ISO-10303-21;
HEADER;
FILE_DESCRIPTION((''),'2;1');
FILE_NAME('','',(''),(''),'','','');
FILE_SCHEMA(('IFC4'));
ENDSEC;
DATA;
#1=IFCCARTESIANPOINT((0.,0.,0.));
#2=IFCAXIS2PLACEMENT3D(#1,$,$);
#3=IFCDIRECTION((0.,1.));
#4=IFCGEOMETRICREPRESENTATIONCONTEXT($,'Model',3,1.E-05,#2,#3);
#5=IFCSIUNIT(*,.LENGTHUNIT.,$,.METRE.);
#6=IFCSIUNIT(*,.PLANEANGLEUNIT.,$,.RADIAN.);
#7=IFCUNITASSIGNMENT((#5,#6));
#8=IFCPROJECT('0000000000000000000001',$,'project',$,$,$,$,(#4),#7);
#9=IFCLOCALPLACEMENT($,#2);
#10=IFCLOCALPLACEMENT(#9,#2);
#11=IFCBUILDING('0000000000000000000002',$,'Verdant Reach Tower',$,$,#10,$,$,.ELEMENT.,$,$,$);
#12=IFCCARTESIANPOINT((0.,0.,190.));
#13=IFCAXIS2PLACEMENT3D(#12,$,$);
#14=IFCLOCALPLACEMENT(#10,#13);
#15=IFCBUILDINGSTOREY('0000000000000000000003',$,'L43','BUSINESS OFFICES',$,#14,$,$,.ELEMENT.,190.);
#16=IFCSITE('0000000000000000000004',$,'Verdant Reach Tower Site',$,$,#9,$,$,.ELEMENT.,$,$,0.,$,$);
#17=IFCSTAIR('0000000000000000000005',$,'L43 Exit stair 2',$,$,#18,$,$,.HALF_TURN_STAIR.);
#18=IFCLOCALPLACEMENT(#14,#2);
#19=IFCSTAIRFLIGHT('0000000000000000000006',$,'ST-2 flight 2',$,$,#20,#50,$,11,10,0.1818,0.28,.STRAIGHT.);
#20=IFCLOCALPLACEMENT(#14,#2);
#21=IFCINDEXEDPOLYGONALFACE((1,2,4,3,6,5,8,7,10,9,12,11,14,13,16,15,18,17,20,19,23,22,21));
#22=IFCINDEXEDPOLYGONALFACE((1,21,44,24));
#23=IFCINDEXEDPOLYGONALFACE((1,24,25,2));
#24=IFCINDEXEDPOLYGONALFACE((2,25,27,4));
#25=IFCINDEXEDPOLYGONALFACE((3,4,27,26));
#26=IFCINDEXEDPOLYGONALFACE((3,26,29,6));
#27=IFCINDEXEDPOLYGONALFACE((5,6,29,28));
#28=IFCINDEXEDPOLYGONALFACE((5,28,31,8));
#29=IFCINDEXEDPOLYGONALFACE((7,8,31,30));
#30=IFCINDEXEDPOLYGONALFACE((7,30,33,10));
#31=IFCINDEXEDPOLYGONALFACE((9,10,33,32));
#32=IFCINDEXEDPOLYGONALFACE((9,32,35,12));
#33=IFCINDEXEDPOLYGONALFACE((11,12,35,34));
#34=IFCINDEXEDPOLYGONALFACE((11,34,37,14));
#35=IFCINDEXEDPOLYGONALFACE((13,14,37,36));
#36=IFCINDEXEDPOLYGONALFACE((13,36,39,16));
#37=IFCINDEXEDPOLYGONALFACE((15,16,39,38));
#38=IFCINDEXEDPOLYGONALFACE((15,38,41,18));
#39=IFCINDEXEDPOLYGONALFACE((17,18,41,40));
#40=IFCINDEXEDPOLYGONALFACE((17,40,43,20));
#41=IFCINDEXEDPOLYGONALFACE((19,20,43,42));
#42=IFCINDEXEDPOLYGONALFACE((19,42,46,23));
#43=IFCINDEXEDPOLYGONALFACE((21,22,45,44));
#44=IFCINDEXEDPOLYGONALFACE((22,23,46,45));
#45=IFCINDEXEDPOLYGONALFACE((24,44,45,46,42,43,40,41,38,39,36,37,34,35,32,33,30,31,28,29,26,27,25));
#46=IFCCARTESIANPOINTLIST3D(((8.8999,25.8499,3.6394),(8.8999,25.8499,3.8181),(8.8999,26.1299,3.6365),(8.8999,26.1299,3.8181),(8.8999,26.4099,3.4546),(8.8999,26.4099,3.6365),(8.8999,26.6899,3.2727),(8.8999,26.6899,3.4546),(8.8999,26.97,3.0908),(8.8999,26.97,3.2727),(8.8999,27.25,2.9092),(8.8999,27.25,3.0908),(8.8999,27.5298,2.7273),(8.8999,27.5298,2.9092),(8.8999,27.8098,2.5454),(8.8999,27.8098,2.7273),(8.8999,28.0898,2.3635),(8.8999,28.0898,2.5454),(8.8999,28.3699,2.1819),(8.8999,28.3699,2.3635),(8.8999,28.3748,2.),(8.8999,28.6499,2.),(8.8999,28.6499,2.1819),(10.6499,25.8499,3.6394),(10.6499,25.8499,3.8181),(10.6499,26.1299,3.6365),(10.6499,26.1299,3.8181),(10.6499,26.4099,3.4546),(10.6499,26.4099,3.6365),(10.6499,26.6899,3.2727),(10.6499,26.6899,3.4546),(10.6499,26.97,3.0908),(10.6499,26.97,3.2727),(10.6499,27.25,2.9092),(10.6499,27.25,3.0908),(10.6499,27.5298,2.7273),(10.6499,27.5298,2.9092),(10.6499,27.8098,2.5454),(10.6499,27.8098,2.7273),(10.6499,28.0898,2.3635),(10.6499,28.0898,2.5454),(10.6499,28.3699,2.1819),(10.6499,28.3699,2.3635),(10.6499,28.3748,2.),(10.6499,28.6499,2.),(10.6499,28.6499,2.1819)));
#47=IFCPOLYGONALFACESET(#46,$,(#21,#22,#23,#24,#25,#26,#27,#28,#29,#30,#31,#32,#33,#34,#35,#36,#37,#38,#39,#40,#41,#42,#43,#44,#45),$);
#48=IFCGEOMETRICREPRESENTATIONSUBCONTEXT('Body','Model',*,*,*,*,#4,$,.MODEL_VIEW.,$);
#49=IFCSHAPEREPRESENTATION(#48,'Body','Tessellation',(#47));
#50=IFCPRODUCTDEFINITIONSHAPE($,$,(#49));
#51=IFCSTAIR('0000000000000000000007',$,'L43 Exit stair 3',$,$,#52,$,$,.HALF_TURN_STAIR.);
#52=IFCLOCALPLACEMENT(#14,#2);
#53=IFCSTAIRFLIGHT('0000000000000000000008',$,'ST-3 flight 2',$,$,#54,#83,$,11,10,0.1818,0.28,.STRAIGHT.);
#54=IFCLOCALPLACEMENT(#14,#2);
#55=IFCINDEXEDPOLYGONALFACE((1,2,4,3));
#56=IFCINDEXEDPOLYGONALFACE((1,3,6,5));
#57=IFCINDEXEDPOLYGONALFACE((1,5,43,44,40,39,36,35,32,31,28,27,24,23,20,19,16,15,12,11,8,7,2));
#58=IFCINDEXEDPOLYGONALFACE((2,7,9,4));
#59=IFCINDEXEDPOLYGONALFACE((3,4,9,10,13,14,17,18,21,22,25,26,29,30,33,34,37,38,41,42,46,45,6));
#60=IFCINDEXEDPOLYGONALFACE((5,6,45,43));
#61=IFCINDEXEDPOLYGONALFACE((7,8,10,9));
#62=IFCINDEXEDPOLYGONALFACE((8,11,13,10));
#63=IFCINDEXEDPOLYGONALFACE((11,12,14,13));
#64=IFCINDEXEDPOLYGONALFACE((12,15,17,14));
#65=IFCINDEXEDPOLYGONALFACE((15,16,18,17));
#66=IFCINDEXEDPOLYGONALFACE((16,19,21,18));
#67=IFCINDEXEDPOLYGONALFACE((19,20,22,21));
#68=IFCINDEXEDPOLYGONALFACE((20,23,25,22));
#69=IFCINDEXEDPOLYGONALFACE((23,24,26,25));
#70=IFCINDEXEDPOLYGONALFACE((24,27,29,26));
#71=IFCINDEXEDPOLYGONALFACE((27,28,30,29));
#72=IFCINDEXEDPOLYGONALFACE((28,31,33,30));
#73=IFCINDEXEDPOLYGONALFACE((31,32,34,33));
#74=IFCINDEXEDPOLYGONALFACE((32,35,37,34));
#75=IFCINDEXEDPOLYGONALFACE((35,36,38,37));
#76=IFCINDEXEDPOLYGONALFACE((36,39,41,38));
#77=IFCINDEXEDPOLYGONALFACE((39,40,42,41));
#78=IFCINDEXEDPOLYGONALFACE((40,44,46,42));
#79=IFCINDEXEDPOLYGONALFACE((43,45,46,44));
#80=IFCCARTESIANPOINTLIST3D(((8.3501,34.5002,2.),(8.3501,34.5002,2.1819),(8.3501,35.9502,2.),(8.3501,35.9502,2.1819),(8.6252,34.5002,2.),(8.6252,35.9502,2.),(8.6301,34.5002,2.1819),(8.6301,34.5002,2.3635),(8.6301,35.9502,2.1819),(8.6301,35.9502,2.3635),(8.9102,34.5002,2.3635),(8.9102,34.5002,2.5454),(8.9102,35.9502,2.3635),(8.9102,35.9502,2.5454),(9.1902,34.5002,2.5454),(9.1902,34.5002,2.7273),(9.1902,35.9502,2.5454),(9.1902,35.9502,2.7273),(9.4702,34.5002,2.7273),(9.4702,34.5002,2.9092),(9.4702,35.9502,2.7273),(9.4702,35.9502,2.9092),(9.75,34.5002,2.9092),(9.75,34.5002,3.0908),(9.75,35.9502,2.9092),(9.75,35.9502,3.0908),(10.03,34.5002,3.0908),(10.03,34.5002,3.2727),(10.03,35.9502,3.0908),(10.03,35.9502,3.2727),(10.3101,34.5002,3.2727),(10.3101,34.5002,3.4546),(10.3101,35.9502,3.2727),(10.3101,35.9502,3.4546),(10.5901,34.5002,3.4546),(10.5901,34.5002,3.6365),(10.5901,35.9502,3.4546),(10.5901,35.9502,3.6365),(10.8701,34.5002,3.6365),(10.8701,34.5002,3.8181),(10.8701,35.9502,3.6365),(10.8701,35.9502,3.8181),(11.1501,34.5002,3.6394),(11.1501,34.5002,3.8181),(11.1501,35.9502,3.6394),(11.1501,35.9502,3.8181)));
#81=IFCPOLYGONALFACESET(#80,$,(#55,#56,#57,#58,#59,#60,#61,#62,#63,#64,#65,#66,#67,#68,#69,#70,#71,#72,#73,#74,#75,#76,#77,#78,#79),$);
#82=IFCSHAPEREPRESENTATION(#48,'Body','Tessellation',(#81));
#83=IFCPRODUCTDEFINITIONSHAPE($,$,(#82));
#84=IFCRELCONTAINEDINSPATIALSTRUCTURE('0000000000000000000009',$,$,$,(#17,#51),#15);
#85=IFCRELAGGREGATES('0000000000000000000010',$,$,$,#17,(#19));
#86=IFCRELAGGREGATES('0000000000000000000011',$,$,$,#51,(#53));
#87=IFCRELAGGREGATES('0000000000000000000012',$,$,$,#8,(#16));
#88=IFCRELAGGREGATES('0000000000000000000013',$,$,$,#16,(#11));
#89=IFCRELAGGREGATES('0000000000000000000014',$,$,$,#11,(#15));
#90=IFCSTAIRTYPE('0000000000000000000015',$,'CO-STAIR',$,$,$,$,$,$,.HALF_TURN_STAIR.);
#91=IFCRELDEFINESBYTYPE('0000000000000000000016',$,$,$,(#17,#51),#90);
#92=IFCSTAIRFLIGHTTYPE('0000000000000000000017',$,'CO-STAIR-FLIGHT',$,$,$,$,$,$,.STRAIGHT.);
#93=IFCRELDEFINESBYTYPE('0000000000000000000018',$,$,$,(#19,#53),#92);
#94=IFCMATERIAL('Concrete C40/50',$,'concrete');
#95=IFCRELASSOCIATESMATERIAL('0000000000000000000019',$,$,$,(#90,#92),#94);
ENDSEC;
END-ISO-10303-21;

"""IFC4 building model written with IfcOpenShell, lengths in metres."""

from ifc_helpers import new_model, si_unit, direction, frame, origin, place, context, subcontext, project, spatial, polyline, outline, extrude, material, type_object, element, aggregate, save


model = new_model("IFC4")

# Units and contexts
model_context = context("Model", 3, precision=1e-05, world=origin(), true_north=direction((0.0, 1.0)))
body_context = subcontext(model_context, "Body", "Model", "MODEL_VIEW")
ifc_project = project(units=[si_unit("LENGTHUNIT", "METRE"), si_unit("PLANEANGLEUNIT", "RADIAN")], contexts=[model_context])

# Site, building, storey
site_placement = place(None, origin())
site = spatial("IfcSite", under=ifc_project, at=site_placement, Name="Verdant Reach Tower Site", CompositionType="ELEMENT", RefElevation=0.0)
building_placement = place(site_placement, origin())
building = spatial("IfcBuilding", under=site, at=building_placement, Name="Verdant Reach Tower", CompositionType="ELEMENT")
storey_placement = place(building_placement, frame((0.0, 0.0, 190.0)))
storey = spatial("IfcBuildingStorey", under=building, at=storey_placement, Name="L43", Description="BUSINESS OFFICES", CompositionType="ELEMENT", Elevation=190.0)

# Shared definitions
ifc_material_1 = material(Name="Concrete C40/50", Category="concrete")

# Stair, stair flight
stair_type = type_object("IfcStairType", Name="CO-STAIR", PredefinedType="HALF_TURN_STAIR", material=ifc_material_1)
stair_1_placement = place(storey_placement, origin())
stair_1 = element("IfcStair", 1, at=stair_1_placement, inside=storey, type_object=stair_type, Name="L43 Exit stair 2", PredefinedType="HALF_TURN_STAIR")
stair_flight_type = type_object("IfcStairFlightType", Name="CO-STAIR-FLIGHT", PredefinedType="STRAIGHT", material=ifc_material_1)
stair_flight_1_placement = place(storey_placement, frame((9.7749, 28.6499, 2.0), z_axis=(0.0, 0.0, 1.0), x_axis=(0.0, -1.0, 0.0)))
stair_flight_1 = element("IfcStairFlight", 2, at=stair_flight_1_placement, type_object=stair_flight_type, Name="ST-2 flight 2", NumberOfRisers=11, NumberOfTreads=10, PredefinedType="STRAIGHT", RiserHeight=0.1818, TreadLength=0.28, context=body_context, shape_type="SweptSolid", body=[
    extrude(outline(polyline([(0.0, 0.0), (0.0, 0.1819), (0.28, 0.1819), (0.28, 0.3635), (0.5601, 0.3635), (0.5601, 0.5454), (0.8401, 0.5454), (0.8401, 0.7273), (1.1201, 0.7273), (1.1201, 0.9092), (1.3999, 0.9092), (1.3999, 1.0908), (1.6799, 1.0908), (1.6799, 1.2727), (1.96, 1.2727), (1.96, 1.4546), (2.24, 1.4546), (2.24, 1.6365), (2.52, 1.6365), (2.52, 1.8181), (2.8, 1.8181), (2.8, 2.0), (2.8, 1.6394), (0.2751, 0.0), (0.0, 0.0)])), frame((0.0, 0.875, 0.0), z_axis=(0.0, -1.0, 0.0), x_axis=(1.0, 0.0, 0.0)), (0.0, 0.0, 1.0), 1.75),
])
aggregate(stair_1, [stair_flight_1])

# Stair, stair flight
stair_2_placement = place(storey_placement, origin())
stair_2 = element("IfcStair", 3, at=stair_2_placement, inside=storey, type_object=stair_type, Name="L43 Exit stair 3", PredefinedType="HALF_TURN_STAIR")
stair_flight_2_placement = place(storey_placement, frame((8.3501, 35.2251, 2.0), z_axis=(0.0, 0.0, 1.0), x_axis=(1.0, 0.0, 0.0)))
stair_flight_2 = element("IfcStairFlight", 4, at=stair_flight_2_placement, type_object=stair_flight_type, Name="ST-3 flight 2", NumberOfRisers=11, NumberOfTreads=10, PredefinedType="STRAIGHT", RiserHeight=0.1818, TreadLength=0.28, context=body_context, shape_type="SweptSolid", body=[
    extrude(outline(polyline([(0.0, 0.0), (0.0, 0.1819), (0.28, 0.1819), (0.28, 0.3635), (0.5601, 0.3635), (0.5601, 0.5454), (0.8401, 0.5454), (0.8401, 0.7273), (1.1201, 0.7273), (1.1201, 0.9092), (1.3999, 0.9092), (1.3999, 1.0908), (1.6799, 1.0908), (1.6799, 1.2727), (1.96, 1.2727), (1.96, 1.4546), (2.24, 1.4546), (2.24, 1.6365), (2.52, 1.6365), (2.52, 1.8181), (2.8, 1.8181), (2.8, 2.0), (2.8, 1.6394), (0.2751, 0.0), (0.0, 0.0)])), frame((0.0, 0.7251, 0.0), z_axis=(0.0, -1.0, 0.0), x_axis=(1.0, 0.0, 0.0)), (0.0, 0.0, 1.0), 1.45),
])
aggregate(stair_2, [stair_flight_2])

save(model, "model.ifc")
